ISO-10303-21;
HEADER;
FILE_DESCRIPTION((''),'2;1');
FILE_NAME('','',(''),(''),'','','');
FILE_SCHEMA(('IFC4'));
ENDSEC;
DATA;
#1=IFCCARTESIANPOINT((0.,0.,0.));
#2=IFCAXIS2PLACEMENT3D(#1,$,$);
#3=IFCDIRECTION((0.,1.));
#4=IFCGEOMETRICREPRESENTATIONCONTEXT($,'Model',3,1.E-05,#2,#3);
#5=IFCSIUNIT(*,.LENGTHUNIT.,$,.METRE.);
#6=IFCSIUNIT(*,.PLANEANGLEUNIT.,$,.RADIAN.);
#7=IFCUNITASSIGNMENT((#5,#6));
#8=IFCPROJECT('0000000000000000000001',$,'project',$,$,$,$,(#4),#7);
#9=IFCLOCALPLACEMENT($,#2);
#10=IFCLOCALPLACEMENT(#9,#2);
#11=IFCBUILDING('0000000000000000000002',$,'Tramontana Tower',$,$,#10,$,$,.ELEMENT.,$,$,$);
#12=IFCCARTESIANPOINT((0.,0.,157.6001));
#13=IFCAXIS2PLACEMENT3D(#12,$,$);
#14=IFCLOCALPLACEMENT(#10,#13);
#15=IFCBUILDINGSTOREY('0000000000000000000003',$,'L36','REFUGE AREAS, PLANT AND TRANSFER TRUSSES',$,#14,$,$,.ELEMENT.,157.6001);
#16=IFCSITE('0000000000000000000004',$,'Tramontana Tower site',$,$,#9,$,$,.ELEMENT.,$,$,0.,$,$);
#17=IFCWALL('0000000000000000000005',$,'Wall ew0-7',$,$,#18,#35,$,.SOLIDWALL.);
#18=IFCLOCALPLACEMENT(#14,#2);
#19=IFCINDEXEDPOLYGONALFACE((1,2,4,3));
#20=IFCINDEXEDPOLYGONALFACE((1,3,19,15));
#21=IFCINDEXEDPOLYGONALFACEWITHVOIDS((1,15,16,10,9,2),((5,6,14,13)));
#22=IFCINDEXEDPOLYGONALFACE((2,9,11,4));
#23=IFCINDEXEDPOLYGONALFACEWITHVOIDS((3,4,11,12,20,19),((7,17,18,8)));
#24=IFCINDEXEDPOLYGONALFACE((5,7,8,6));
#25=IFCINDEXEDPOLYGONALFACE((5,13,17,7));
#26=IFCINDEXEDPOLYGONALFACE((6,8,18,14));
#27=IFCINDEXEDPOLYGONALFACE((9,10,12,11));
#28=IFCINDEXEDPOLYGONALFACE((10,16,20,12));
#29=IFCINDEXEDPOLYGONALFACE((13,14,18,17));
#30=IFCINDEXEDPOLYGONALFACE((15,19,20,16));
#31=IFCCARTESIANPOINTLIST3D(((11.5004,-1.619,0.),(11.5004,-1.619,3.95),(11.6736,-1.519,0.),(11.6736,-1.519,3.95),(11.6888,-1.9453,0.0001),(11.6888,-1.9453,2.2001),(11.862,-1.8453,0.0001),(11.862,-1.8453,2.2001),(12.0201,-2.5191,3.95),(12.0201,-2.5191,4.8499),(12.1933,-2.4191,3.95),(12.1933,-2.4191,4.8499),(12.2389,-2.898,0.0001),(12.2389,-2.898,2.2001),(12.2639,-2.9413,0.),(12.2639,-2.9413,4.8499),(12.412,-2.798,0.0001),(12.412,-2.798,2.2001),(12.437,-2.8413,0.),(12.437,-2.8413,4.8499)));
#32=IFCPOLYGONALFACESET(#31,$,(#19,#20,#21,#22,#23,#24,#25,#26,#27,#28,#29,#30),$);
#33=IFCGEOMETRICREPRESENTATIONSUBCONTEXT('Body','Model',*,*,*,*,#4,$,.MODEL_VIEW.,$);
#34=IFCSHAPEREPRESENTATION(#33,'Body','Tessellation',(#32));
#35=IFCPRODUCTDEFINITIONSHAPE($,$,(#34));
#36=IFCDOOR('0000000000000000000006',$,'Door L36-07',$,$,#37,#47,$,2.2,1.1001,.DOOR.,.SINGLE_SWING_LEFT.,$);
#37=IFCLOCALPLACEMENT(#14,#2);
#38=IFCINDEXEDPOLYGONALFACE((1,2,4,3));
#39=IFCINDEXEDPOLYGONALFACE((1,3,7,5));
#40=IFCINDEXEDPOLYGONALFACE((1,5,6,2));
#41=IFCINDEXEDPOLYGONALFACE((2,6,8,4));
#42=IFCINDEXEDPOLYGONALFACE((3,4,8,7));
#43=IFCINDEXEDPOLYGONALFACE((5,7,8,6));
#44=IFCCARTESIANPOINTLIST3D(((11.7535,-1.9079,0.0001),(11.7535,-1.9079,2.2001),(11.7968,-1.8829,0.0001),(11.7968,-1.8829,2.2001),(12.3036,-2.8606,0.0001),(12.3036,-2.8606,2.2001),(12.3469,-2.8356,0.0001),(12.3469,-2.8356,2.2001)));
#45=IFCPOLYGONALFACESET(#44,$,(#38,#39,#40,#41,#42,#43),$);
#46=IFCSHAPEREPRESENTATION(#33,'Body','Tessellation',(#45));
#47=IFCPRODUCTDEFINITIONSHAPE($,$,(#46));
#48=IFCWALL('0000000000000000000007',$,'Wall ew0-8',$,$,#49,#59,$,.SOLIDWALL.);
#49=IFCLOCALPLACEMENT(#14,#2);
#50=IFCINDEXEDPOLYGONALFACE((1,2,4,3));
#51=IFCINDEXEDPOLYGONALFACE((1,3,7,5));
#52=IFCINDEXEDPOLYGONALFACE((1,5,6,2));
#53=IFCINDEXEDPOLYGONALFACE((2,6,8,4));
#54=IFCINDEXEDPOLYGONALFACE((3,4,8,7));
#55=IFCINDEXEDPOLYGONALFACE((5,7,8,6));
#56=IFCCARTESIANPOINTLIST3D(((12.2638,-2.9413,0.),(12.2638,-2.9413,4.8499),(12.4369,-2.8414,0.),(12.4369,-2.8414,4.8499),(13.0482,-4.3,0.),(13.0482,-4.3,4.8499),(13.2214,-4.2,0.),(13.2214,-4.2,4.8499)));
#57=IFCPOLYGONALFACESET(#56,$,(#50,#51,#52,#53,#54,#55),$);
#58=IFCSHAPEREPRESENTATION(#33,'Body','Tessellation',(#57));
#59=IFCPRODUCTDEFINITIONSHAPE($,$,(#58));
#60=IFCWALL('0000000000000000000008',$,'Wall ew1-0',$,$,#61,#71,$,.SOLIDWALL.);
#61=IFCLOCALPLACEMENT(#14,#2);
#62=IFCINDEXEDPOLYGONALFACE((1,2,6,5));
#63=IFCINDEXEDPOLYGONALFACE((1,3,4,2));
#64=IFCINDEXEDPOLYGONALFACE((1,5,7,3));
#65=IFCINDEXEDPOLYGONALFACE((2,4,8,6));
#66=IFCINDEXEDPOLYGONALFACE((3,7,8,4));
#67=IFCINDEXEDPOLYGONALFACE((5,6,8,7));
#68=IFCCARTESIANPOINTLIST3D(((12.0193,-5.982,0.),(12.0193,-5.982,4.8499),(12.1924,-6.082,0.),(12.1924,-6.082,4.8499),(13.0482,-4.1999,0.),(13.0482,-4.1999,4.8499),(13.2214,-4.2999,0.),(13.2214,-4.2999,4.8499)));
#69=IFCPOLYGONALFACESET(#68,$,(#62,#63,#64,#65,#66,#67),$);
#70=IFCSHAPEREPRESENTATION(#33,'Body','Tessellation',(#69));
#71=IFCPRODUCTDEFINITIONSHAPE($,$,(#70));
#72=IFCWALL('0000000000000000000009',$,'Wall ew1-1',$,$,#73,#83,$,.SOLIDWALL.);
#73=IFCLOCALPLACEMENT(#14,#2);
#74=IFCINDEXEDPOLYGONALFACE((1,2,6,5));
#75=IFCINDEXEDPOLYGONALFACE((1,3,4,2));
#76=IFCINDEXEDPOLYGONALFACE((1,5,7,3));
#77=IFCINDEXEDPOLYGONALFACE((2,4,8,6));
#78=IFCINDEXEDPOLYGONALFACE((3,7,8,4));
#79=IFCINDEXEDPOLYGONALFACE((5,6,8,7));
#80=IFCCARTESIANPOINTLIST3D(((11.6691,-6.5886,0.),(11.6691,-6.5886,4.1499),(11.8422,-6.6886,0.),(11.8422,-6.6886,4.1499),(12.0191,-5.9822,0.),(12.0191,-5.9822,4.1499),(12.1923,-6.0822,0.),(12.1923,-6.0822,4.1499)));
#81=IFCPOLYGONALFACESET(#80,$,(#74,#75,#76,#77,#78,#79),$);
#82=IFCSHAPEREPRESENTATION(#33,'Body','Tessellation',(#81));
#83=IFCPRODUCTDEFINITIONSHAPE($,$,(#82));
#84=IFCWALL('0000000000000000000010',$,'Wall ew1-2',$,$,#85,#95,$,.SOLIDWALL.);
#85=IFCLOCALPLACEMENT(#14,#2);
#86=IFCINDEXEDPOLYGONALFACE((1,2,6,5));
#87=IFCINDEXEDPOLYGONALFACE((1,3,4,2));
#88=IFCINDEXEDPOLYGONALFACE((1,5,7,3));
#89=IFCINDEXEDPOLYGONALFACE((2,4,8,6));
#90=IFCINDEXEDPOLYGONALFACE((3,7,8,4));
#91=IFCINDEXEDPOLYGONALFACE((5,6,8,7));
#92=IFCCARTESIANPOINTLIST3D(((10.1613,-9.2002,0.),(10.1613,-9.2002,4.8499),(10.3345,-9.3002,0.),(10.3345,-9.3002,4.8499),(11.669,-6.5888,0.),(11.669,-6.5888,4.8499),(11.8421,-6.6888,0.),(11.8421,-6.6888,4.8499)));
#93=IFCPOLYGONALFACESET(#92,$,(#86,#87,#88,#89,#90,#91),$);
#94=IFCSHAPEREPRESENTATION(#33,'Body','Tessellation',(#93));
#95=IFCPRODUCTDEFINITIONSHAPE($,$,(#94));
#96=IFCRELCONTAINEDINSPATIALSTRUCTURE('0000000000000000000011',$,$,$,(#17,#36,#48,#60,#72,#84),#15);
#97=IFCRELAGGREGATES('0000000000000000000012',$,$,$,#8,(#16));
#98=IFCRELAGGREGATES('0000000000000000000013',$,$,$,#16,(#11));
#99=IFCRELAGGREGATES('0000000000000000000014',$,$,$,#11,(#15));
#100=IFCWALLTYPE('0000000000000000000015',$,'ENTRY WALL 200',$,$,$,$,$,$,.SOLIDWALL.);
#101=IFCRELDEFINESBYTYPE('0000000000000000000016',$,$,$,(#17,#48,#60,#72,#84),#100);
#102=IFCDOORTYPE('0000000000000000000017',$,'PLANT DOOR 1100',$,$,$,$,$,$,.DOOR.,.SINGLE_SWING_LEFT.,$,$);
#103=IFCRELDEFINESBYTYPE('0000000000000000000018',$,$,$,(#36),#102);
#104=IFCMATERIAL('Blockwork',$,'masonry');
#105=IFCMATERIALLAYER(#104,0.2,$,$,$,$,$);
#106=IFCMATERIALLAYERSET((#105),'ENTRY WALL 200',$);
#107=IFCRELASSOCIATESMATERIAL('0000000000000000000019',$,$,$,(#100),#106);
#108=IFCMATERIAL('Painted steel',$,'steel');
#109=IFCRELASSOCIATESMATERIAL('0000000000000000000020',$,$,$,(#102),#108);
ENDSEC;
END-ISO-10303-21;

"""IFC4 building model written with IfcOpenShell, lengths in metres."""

from ifc_helpers import new_model, si_unit, direction, frame, frame_2d, origin, place, context, subcontext, project, spatial, polyline, rectangle, outline, extrude, material, layer, layer_set, type_object, element, fill, save


model = new_model("IFC4")

# Units and contexts
model_context = context("Model", 3, precision=1e-05, world=origin(), true_north=direction((0.0, 1.0)))
body_context = subcontext(model_context, "Body", "Model", "MODEL_VIEW")
ifc_project = project(units=[si_unit("LENGTHUNIT", "METRE"), si_unit("PLANEANGLEUNIT", "RADIAN")], contexts=[model_context])

# Site, building, storey
site_placement = place(None, origin())
site = spatial("IfcSite", under=ifc_project, at=site_placement, Name="Tramontana Tower site", CompositionType="ELEMENT", RefElevation=0.0)
building_placement = place(site_placement, origin())
building = spatial("IfcBuilding", under=site, at=building_placement, Name="Tramontana Tower", CompositionType="ELEMENT")
storey_placement = place(building_placement, frame((0.0, 0.0, 157.6001)))
storey = spatial("IfcBuildingStorey", under=building, at=storey_placement, Name="L36", Description="REFUGE AREAS, PLANT AND TRANSFER TRUSSES", CompositionType="ELEMENT", Elevation=157.6001)

# Wall, opening, door
ifc_material_1 = material(Name="Blockwork", Category="masonry")
ifc_layer_1 = layer(ifc_material_1, 0.2)
ifc_layer_set_1 = layer_set([ifc_layer_1], Name="ENTRY WALL 200")
wall_type_1 = type_object("IfcWallType", Name="ENTRY WALL 200", PredefinedType="SOLIDWALL", material=ifc_layer_set_1)
wall_1_placement = place(storey_placement, frame((11.5869, -1.5691, 0.0), z_axis=(0.0, 0.0, 1.0), x_axis=(0.500009, -0.86602, 0.0)))
wall_1 = element("IfcWall", 1, at=wall_1_placement, inside=storey, type_object=wall_type_1, Name="Wall ew0-7", PredefinedType="SOLIDWALL", context=body_context, shape_type="SweptSolid", body=[
    extrude(outline(polyline([(0.0, 0.0), (1.5269, 0.0), (1.5269, 4.8499), (1.0393, 4.8499), (1.0393, 3.95), (0.0, 3.95), (0.0, 0.0)])), frame((0.0, 0.1001, 0.0), z_axis=(0.0, -1.0, 0.0), x_axis=(1.0, 0.0, 0.0)), (0.0, 0.0, 1.0), 0.2),
])
opening_placement = place(wall_1_placement, frame((0.3767, 0.0, 0.0)))
opening = element("IfcOpeningElement", 2, at=opening_placement, cuts=wall_1, PredefinedType="OPENING", context=body_context, shape_type="SweptSolid", body=[
    extrude(rectangle(XDim=1.1001, YDim=2.2, at=frame_2d((0.55, 1.1001))), frame((0.0, 0.1099, 0.0), z_axis=(0.0, -1.0, 0.0), x_axis=(1.0, 0.0, 0.0)), (0.0, 0.0, 1.0), 0.22),
])
ifc_material_2 = material(Name="Painted steel", Category="steel")
door_type = type_object("IfcDoorType", Name="PLANT DOOR 1100", OperationType="SINGLE_SWING_LEFT", PredefinedType="DOOR", material=ifc_material_2)
door_placement = place(opening_placement, origin())
door = element("IfcDoor", 3, at=door_placement, inside=storey, type_object=door_type, Name="Door L36-07", OperationType="SINGLE_SWING_LEFT", OverallHeight=2.2, OverallWidth=1.1001, PredefinedType="DOOR", context=body_context, shape_type="SweptSolid", body=[
    extrude(rectangle(XDim=1.1001, YDim=2.2, at=frame_2d((0.55, 1.1001))), frame((0.0, 0.0249, 0.0), z_axis=(0.0, -1.0, 0.0), x_axis=(1.0, 0.0, 0.0)), (0.0, 0.0, 1.0), 0.05),
])
fill(opening, door)

# Walls
wall_2_placement = place(storey_placement, frame((12.3503, -2.8914, 0.0), z_axis=(0.0, 0.0, 1.0), x_axis=(0.500005, -0.866022, 0.0)))
element("IfcWall", 4, at=wall_2_placement, inside=storey, type_object=wall_type_1, Name="Wall ew0-8", PredefinedType="SOLIDWALL", context=body_context, shape_type="SweptSolid", body=[
    extrude(rectangle(XDim=1.5688, YDim=0.2, at=frame_2d((0.7844, 0.0))), origin(), (0.0, 0.0, 1.0), 4.8499),
])
wall_3_placement = place(storey_placement, frame((13.1348, -4.25, 0.0), z_axis=(0.0, 0.0, 1.0), x_axis=(-0.500031, -0.866008, 0.0)))
element("IfcWall", 5, at=wall_3_placement, inside=storey, type_object=wall_type_1, Name="Wall ew1-0", PredefinedType="SOLIDWALL", context=body_context, shape_type="SweptSolid", body=[
    extrude(rectangle(XDim=2.0579, YDim=0.2, at=frame_2d((1.0288, 0.0))), origin(), (0.0, 0.0, 1.0), 4.8499),
])
wall_4_placement = place(storey_placement, frame((12.1057, -6.0322, 0.0), z_axis=(0.0, 0.0, 1.0), x_axis=(-0.499964, -0.866046, 0.0)))
element("IfcWall", 6, at=wall_4_placement, inside=storey, type_object=wall_type_1, Name="Wall ew1-1", PredefinedType="SOLIDWALL", context=body_context, shape_type="SweptSolid", body=[
    extrude(rectangle(XDim=0.7002, YDim=0.2, at=frame_2d((0.3501, 0.0))), origin(), (0.0, 0.0, 1.0), 4.1499),
])
wall_5_placement = place(storey_placement, frame((11.7556, -6.6387, 0.0), z_axis=(0.0, 0.0, 1.0), x_axis=(-0.499979, -0.866037, 0.0)))
element("IfcWall", 7, at=wall_5_placement, inside=storey, type_object=wall_type_1, Name="Wall ew1-2", PredefinedType="SOLIDWALL", context=body_context, shape_type="SweptSolid", body=[
    extrude(rectangle(XDim=3.0154, YDim=0.2, at=frame_2d((1.5078, 0.0))), origin(), (0.0, 0.0, 1.0), 4.8499),
])

save(model, "model.ifc")
